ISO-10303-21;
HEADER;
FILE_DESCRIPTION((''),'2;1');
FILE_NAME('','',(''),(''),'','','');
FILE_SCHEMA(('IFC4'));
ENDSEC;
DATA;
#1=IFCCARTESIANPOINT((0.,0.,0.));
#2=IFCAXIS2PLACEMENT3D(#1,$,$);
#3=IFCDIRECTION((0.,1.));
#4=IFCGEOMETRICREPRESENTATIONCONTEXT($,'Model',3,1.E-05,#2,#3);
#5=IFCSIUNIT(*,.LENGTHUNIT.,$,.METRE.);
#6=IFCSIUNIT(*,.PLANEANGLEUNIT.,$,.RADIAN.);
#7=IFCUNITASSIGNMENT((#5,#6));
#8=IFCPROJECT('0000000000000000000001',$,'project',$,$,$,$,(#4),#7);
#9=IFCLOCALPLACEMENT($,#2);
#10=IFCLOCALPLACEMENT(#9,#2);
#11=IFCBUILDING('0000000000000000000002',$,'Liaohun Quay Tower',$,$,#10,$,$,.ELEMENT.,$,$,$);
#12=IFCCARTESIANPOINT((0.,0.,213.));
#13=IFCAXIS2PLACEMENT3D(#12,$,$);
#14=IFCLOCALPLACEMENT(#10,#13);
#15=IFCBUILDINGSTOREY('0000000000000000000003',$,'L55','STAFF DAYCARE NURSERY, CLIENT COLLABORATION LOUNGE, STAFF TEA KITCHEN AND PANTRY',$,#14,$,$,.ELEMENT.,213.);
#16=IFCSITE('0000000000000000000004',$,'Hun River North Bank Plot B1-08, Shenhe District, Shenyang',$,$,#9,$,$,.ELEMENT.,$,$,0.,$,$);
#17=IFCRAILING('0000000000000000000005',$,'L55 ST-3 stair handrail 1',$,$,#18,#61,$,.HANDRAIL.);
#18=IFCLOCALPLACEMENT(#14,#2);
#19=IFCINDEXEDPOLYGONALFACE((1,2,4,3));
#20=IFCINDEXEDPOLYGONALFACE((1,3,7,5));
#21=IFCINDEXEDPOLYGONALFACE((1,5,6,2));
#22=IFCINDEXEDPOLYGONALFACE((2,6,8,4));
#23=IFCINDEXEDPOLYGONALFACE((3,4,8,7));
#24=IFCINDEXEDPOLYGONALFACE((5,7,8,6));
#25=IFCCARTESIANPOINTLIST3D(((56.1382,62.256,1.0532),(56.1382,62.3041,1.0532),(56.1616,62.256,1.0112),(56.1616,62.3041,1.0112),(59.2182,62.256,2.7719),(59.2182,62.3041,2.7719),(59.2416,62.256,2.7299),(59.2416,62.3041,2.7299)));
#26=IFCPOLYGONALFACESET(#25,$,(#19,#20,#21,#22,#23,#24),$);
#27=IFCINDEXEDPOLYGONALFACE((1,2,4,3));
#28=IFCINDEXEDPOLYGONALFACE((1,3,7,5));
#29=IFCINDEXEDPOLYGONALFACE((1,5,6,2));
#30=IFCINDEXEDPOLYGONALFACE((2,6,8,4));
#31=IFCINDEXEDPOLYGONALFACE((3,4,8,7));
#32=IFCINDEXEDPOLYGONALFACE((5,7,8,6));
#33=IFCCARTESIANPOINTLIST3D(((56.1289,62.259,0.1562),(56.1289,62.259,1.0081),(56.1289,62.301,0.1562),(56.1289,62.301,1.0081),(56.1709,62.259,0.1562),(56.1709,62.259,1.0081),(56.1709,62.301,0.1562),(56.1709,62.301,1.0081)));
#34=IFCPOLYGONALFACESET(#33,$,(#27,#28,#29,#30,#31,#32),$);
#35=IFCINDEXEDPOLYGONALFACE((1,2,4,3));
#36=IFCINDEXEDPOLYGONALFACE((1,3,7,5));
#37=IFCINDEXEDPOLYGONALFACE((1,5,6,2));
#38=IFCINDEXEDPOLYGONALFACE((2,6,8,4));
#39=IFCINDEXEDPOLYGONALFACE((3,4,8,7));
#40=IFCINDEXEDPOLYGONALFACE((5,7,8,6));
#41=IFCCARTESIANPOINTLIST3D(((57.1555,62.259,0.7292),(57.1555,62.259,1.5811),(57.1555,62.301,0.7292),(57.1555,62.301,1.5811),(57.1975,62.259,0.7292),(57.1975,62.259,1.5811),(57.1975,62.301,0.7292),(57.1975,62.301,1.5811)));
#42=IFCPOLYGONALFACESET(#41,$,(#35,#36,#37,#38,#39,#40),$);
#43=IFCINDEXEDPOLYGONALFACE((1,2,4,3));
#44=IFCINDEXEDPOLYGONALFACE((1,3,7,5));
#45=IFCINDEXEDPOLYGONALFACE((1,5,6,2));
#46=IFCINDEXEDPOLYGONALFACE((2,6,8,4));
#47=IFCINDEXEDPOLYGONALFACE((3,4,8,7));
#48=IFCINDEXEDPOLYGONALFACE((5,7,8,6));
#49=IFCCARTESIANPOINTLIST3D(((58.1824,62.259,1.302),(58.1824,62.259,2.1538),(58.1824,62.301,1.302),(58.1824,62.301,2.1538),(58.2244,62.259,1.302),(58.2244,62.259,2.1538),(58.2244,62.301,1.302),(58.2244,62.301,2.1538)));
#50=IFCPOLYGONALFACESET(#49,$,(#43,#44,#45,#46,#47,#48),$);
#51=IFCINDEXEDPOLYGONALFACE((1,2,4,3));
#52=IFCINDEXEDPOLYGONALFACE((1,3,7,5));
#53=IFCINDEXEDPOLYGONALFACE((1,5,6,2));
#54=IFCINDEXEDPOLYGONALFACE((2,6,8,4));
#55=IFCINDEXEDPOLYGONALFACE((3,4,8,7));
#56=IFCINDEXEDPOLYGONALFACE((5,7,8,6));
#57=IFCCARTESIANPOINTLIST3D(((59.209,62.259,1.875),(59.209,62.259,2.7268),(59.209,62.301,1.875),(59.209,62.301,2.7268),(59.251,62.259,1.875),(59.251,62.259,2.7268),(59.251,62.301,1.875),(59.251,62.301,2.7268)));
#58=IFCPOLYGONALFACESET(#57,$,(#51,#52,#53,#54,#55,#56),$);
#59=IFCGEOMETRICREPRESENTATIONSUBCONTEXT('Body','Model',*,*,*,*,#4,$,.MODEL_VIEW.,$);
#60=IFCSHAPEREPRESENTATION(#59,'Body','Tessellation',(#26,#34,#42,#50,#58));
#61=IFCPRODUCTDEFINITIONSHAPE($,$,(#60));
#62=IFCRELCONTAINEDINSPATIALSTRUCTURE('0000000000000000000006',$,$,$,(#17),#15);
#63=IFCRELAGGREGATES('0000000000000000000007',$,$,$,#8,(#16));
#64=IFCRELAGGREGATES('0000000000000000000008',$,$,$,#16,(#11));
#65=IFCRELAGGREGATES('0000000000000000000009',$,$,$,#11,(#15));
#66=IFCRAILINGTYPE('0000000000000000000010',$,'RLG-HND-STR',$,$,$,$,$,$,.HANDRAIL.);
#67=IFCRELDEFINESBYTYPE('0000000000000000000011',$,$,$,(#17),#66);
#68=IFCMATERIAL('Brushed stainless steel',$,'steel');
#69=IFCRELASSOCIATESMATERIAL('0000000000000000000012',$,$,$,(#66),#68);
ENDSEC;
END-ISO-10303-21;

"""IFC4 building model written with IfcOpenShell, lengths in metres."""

from ifc_helpers import new_model, si_unit, direction, frame, origin, origin_2d, place, context, subcontext, project, spatial, rectangle, extrude, material, type_object, element, save


model = new_model("IFC4")

# Units and contexts
model_context = context("Model", 3, precision=1e-05, world=origin(), true_north=direction((0.0, 1.0)))
body_context = subcontext(model_context, "Body", "Model", "MODEL_VIEW")
ifc_project = project(units=[si_unit("LENGTHUNIT", "METRE"), si_unit("PLANEANGLEUNIT", "RADIAN")], contexts=[model_context])

# Site, building, storey
site_placement = place(None, origin())
site = spatial("IfcSite", under=ifc_project, at=site_placement, Name="Hun River North Bank Plot B1-08, Shenhe District, Shenyang", CompositionType="ELEMENT", RefElevation=0.0)
building_placement = place(site_placement, origin())
building = spatial("IfcBuilding", under=site, at=building_placement, Name="Liaohun Quay Tower", CompositionType="ELEMENT")
storey_placement = place(building_placement, frame((0.0, 0.0, 213.0)))
storey = spatial("IfcBuildingStorey", under=building, at=storey_placement, Name="L55", Description="STAFF DAYCARE NURSERY, CLIENT COLLABORATION LOUNGE, STAFF TEA KITCHEN AND PANTRY", CompositionType="ELEMENT", Elevation=213.0)

# Railing
ifc_material_1 = material(Name="Brushed stainless steel", Category="steel")
railing_type_1 = type_object("IfcRailingType", Name="RLG-HND-STR", PredefinedType="HANDRAIL", material=ifc_material_1)
railing_1_placement = place(storey_placement, frame((56.1499, 62.28, 0.1562)))
element("IfcRailing", 1, at=railing_1_placement, inside=storey, type_object=railing_type_1, Name="L55 ST-3 stair handrail 1", PredefinedType="HANDRAIL", context=body_context, shape_type="SweptSolid", body=[
    extrude(rectangle(XDim=0.0481, YDim=0.0481, at=origin_2d()), frame((0.0, 0.0, 0.876), z_axis=(0.873242, 0.0, 0.487288), x_axis=(0.0, 1.0, 0.0)), (0.0, 0.0, 1.0), 3.5271),
    extrude(rectangle(XDim=0.042, YDim=0.042, at=origin_2d()), origin(), (0.0, 0.0, 1.0), 0.8518),
    extrude(rectangle(XDim=0.042, YDim=0.042, at=origin_2d()), frame((1.0266, 0.0, 0.573)), (0.0, 0.0, 1.0), 0.8518),
    extrude(rectangle(XDim=0.042, YDim=0.042, at=origin_2d()), frame((2.0535, 0.0, 1.1458)), (0.0, 0.0, 1.0), 0.8518),
    extrude(rectangle(XDim=0.042, YDim=0.042, at=origin_2d()), frame((3.0801, 0.0, 1.7188)), (0.0, 0.0, 1.0), 0.8518),
])

save(model, "model.ifc")
